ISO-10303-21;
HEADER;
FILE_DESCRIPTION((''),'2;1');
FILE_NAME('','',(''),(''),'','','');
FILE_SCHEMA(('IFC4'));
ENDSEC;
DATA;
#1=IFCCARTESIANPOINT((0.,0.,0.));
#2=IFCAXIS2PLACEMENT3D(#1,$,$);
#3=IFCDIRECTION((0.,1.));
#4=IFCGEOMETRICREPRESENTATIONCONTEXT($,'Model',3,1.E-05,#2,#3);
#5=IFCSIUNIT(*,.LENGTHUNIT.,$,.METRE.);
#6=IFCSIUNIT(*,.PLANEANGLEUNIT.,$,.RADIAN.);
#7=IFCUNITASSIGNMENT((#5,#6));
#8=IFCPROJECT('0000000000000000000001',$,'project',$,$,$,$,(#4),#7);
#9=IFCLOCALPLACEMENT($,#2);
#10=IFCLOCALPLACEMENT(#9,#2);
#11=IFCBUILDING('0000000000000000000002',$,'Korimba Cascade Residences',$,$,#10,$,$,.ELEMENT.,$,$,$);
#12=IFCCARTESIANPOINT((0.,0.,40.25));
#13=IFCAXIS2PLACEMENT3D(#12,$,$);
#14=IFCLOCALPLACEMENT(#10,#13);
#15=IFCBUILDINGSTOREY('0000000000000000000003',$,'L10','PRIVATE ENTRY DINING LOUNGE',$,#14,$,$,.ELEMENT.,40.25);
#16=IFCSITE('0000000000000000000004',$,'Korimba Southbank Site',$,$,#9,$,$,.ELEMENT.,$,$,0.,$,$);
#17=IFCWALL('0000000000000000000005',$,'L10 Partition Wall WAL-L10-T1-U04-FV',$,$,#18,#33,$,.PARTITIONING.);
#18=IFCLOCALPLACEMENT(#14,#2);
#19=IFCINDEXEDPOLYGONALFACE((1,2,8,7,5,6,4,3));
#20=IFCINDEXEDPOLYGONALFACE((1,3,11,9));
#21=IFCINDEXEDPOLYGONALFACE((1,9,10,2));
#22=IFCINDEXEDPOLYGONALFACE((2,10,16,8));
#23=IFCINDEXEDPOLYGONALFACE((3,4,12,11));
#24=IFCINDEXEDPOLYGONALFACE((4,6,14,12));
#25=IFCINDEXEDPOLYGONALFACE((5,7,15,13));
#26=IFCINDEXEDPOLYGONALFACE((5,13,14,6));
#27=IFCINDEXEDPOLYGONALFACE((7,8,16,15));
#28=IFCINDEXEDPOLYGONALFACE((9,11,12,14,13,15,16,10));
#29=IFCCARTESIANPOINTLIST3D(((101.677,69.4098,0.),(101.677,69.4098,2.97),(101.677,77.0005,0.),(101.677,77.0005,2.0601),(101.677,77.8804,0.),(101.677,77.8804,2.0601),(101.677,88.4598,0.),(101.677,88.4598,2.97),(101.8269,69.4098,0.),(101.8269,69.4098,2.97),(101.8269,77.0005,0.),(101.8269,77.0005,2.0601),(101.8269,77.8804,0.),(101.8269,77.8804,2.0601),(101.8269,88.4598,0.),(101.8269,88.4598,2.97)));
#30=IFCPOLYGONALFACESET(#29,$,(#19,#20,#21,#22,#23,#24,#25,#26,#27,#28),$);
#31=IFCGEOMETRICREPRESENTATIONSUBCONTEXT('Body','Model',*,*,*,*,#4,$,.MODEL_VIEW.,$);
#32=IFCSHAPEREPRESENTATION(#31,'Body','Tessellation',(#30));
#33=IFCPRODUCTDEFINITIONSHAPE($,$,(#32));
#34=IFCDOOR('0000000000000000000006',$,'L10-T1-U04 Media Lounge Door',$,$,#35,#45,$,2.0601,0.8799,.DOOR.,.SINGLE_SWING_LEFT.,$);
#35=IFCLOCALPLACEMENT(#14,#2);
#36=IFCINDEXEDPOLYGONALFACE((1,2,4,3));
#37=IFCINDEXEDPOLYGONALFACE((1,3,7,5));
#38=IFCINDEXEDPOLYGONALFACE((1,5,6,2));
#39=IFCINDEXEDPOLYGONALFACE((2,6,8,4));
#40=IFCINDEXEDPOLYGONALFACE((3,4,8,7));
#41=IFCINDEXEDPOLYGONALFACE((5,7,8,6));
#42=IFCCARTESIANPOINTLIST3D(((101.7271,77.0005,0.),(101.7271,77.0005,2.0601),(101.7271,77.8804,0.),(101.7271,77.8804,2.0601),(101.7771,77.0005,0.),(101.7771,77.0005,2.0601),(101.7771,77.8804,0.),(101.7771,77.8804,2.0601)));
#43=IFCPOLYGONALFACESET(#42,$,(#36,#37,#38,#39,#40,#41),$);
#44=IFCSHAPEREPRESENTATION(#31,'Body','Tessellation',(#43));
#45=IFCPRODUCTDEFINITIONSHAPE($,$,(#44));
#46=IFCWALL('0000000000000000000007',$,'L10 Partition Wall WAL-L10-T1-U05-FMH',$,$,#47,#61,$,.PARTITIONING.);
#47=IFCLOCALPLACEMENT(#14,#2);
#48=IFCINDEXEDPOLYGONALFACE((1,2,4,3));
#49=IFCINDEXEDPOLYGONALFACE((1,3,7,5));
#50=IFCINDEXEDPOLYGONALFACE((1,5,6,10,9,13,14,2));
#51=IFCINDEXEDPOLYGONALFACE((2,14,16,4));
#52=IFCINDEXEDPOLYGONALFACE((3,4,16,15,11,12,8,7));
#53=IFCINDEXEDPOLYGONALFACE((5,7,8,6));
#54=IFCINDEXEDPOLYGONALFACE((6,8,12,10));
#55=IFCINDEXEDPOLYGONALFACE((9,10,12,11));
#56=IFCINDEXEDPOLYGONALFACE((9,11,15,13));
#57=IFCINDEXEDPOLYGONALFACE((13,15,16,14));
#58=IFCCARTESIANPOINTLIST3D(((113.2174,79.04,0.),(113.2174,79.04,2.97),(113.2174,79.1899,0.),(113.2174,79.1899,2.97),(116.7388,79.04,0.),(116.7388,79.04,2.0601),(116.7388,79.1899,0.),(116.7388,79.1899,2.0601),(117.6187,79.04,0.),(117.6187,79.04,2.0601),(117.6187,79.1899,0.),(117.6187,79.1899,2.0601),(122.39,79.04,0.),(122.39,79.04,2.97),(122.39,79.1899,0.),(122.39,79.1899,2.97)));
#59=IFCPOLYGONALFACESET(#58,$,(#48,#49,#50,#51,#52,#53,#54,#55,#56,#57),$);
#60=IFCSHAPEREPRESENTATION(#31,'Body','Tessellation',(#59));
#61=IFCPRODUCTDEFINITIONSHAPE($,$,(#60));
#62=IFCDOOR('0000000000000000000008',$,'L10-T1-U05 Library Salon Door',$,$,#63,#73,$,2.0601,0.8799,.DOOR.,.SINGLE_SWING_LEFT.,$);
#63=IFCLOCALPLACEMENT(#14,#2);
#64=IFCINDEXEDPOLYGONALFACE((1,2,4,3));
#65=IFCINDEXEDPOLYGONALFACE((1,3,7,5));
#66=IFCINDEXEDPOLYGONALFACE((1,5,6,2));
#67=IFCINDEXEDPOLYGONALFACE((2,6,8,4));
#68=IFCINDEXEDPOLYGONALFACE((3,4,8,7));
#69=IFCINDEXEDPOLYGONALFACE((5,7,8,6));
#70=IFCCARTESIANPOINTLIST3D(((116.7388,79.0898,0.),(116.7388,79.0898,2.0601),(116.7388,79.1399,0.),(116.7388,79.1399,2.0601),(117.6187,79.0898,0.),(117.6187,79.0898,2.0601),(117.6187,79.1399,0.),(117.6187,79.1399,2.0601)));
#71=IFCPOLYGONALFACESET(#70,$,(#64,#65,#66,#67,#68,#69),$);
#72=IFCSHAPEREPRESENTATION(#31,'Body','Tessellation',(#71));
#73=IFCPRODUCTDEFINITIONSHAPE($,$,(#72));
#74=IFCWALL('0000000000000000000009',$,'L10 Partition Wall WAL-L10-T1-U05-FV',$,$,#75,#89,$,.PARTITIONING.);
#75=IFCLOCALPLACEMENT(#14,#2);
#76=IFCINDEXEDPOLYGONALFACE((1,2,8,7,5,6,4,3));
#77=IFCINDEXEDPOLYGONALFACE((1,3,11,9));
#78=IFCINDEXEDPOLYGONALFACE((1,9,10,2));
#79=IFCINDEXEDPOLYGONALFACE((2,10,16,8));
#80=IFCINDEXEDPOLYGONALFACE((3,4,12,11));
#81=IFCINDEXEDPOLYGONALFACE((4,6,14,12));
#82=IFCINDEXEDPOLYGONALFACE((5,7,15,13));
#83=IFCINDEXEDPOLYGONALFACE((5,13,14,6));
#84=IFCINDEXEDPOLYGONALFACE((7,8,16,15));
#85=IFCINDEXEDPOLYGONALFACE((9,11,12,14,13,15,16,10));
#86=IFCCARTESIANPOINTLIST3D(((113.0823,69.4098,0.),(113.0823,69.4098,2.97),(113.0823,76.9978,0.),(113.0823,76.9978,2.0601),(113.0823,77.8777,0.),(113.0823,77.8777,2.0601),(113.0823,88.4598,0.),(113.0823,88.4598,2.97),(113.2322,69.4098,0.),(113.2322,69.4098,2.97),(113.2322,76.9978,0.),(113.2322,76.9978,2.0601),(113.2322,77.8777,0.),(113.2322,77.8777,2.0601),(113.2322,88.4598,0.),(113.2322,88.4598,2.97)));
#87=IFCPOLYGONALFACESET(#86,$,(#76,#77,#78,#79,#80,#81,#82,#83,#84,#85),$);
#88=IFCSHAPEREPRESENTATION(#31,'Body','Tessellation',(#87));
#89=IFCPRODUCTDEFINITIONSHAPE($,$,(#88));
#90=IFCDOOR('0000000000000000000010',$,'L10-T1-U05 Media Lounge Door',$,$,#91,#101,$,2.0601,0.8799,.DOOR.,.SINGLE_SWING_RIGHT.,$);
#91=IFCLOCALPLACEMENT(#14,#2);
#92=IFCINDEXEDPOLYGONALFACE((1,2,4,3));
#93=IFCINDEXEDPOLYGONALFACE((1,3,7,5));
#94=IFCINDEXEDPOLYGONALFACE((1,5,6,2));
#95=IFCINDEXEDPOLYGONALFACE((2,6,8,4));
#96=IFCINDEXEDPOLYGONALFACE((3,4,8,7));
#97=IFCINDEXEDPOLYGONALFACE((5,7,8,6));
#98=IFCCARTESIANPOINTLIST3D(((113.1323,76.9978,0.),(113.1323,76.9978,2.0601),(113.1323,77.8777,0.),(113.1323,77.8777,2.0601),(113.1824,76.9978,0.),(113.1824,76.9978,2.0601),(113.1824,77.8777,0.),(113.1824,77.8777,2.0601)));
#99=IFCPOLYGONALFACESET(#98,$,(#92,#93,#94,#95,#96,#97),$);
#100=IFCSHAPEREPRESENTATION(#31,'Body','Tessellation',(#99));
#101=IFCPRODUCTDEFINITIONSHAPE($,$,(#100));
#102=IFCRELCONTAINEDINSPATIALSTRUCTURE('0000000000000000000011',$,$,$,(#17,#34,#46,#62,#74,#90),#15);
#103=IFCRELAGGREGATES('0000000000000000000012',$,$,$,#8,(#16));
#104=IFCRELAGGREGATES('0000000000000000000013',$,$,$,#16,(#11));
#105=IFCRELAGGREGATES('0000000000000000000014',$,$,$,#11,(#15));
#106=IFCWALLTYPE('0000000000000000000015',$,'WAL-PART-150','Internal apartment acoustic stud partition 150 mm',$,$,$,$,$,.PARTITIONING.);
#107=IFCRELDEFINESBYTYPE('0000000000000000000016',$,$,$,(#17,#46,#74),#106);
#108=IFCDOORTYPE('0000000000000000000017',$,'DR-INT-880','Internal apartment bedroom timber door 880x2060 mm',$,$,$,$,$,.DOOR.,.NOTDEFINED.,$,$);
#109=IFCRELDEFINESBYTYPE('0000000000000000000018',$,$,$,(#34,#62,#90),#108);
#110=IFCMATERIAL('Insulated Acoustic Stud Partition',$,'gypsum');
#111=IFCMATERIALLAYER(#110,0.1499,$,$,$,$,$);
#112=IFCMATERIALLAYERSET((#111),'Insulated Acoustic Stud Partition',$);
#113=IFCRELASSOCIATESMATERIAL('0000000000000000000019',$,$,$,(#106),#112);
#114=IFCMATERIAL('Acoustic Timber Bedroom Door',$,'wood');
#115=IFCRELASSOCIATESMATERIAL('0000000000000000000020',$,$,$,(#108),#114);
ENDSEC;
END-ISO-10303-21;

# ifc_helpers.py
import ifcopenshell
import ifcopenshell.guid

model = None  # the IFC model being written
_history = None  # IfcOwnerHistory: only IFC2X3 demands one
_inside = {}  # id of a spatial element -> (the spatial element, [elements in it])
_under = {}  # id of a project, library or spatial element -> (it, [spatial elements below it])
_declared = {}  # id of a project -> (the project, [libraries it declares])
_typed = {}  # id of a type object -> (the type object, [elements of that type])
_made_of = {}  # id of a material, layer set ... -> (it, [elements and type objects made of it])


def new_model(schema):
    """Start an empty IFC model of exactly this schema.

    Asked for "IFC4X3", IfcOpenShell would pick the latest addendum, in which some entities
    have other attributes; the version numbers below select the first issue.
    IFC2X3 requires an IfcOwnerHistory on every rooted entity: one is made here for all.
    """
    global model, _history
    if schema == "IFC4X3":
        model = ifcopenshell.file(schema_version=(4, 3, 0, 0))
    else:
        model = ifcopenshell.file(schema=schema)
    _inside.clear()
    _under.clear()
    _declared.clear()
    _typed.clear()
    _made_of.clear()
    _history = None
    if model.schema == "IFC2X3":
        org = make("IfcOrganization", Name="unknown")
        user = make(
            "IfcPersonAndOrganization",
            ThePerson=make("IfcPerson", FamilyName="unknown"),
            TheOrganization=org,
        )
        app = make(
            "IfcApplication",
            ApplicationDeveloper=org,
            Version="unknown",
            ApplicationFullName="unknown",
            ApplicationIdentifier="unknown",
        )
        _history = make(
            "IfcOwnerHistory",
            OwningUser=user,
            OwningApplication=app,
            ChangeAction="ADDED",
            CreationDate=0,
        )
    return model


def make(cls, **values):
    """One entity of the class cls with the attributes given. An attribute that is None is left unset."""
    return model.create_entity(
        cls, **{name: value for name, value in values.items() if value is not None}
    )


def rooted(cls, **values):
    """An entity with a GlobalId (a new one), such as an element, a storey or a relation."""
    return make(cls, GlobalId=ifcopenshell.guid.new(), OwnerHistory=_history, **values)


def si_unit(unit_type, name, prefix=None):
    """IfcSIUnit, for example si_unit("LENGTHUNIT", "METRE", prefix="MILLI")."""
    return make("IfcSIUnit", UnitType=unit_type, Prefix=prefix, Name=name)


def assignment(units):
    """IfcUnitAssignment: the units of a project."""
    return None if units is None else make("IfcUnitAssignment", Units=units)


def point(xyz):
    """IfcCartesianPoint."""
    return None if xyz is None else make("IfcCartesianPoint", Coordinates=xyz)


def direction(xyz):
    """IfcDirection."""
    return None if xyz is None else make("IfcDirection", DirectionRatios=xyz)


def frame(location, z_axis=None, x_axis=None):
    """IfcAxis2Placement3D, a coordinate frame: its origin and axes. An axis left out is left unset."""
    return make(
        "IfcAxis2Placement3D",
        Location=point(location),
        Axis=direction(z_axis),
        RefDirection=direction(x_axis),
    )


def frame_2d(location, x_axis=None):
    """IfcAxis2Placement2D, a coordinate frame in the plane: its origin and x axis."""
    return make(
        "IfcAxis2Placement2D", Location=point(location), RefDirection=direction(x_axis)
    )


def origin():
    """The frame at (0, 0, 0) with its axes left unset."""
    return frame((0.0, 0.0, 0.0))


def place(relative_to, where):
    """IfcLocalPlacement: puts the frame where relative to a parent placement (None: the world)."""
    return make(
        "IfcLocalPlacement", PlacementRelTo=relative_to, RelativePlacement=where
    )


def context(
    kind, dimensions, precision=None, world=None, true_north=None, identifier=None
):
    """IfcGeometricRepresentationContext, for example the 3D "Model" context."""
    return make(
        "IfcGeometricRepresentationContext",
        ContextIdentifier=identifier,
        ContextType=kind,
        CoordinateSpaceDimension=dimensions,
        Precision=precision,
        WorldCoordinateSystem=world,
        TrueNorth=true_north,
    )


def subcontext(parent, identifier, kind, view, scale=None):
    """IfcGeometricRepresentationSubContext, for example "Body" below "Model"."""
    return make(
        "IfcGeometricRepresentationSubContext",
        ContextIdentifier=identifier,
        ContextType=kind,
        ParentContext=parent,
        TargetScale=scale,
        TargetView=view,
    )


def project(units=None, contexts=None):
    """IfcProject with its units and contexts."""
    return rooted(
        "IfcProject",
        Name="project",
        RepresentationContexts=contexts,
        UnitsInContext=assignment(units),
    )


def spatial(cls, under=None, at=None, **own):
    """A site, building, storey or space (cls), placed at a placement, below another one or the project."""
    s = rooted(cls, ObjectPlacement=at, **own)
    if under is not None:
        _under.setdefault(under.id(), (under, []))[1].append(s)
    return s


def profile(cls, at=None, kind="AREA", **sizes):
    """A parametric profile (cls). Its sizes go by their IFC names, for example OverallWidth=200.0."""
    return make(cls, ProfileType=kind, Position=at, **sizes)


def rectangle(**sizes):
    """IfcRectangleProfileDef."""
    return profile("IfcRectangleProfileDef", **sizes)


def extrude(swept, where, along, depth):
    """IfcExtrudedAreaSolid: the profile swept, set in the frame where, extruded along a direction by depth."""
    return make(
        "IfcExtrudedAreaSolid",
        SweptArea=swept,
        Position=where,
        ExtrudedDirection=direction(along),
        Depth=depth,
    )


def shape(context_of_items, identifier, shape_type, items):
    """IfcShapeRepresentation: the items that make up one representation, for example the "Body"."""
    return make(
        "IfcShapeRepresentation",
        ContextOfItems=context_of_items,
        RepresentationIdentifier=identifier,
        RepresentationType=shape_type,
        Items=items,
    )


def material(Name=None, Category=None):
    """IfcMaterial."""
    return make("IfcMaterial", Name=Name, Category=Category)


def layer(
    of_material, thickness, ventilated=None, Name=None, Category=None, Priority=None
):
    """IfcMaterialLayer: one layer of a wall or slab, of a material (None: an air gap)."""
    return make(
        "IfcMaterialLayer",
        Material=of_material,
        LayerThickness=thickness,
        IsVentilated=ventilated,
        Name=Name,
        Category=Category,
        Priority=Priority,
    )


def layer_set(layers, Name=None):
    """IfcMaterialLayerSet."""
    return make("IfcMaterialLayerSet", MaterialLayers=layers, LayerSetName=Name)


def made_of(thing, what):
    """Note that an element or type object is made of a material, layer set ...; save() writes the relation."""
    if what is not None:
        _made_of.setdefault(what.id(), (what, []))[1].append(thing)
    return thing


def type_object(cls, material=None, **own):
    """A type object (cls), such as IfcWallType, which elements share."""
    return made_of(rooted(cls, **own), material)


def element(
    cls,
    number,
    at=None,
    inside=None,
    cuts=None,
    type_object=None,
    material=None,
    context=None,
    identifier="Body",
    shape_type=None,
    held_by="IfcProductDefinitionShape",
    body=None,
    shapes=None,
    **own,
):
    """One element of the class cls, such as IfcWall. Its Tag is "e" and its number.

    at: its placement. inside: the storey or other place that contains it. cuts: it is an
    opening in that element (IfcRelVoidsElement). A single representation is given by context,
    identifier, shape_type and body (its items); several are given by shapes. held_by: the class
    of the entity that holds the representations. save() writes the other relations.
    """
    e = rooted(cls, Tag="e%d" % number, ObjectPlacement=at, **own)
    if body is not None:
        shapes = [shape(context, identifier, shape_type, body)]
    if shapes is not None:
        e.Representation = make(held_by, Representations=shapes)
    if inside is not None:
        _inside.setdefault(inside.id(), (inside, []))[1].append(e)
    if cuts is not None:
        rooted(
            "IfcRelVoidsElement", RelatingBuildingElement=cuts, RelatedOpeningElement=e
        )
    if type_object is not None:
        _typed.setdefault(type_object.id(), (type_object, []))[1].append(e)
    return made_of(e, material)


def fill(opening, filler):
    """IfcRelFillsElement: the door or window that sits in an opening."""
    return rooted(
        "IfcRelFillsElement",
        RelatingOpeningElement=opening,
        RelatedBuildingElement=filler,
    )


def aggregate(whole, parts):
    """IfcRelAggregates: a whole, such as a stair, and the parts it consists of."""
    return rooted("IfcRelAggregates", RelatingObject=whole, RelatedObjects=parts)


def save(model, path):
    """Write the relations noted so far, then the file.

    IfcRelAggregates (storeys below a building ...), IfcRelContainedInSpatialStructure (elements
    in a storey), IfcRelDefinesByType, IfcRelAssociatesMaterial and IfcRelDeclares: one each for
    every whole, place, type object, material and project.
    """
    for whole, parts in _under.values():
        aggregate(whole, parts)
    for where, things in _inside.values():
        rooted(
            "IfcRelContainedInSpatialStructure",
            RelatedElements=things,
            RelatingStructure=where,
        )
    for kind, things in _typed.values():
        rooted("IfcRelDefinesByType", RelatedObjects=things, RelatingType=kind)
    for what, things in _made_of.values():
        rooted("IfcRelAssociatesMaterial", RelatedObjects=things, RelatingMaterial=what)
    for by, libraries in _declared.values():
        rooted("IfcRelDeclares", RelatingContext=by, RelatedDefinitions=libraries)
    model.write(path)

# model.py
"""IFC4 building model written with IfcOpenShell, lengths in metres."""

from ifc_helpers import new_model, si_unit, direction, frame, frame_2d, origin, place, context, subcontext, project, spatial, rectangle, extrude, material, layer, layer_set, type_object, element, fill, save


model = new_model("IFC4")

# Units and contexts
model_context = context("Model", 3, precision=1e-05, world=origin(), true_north=direction((0.0, 1.0)))
body_context = subcontext(model_context, "Body", "Model", "MODEL_VIEW")
ifc_project = project(units=[si_unit("LENGTHUNIT", "METRE"), si_unit("PLANEANGLEUNIT", "RADIAN")], contexts=[model_context])

# Site, building, storey
site_placement = place(None, origin())
site = spatial("IfcSite", under=ifc_project, at=site_placement, Name="Korimba Southbank Site", CompositionType="ELEMENT", RefElevation=0.0)
building_placement = place(site_placement, origin())
building = spatial("IfcBuilding", under=site, at=building_placement, Name="Korimba Cascade Residences", CompositionType="ELEMENT")
storey_placement = place(building_placement, frame((0.0, 0.0, 40.25)))
storey = spatial("IfcBuildingStorey", under=building, at=storey_placement, Name="L10", Description="PRIVATE ENTRY DINING LOUNGE", CompositionType="ELEMENT", Elevation=40.25)

# Walls, openings, doors
ifc_material_1 = material(Name="Insulated Acoustic Stud Partition", Category="gypsum")
ifc_layer_1 = layer(ifc_material_1, 0.1499)
ifc_layer_set_1 = layer_set([ifc_layer_1], Name="Insulated Acoustic Stud Partition")
wall_type_1 = type_object("IfcWallType", Name="WAL-PART-150", Description="Internal apartment acoustic stud partition 150 mm", PredefinedType="PARTITIONING", material=ifc_layer_set_1)
ifc_material_2 = material(Name="Acoustic Timber Bedroom Door", Category="wood")
door_type_1 = type_object("IfcDoorType", Name="DR-INT-880", Description="Internal apartment bedroom timber door 880x2060 mm", OperationType="NOTDEFINED", PredefinedType="DOOR", material=ifc_material_2)
wall_1_placement = place(storey_placement, frame((101.752, 69.4099, 0.0), z_axis=(0.0, 0.0, 1.0), x_axis=(0.0, 1.0, 0.0)))
wall_1 = element("IfcWall", 1, at=wall_1_placement, inside=storey, type_object=wall_type_1, Name="L10 Partition Wall WAL-L10-T1-U04-FV", PredefinedType="PARTITIONING", context=body_context, shape_type="SweptSolid", body=[
    extrude(rectangle(XDim=19.05, YDim=0.1499, at=frame_2d((9.5249, 0.0))), origin(), (0.0, 0.0, 1.0), 2.97),
])
opening_1_placement = place(wall_1_placement, frame((7.5906, 0.0, 0.0)))
opening_1 = element("IfcOpeningElement", 2, at=opening_1_placement, cuts=wall_1, PredefinedType="OPENING", context=body_context, shape_type="SweptSolid", body=[
    extrude(rectangle(XDim=0.8799, YDim=2.0601, at=frame_2d((0.4399, 1.03))), frame((0.0, 0.085, 0.0), z_axis=(0.0, -1.0, 0.0), x_axis=(1.0, 0.0, 0.0)), (0.0, 0.0, 1.0), 0.1699),
])
door_1_placement = place(opening_1_placement, origin())
door_1 = element("IfcDoor", 3, at=door_1_placement, inside=storey, type_object=door_type_1, Name="L10-T1-U04 Media Lounge Door", OperationType="SINGLE_SWING_LEFT", OverallHeight=2.0601, OverallWidth=0.8799, PredefinedType="DOOR", context=body_context, shape_type="SweptSolid", body=[
    extrude(rectangle(XDim=0.8799, YDim=2.0601, at=frame_2d((0.4399, 1.03))), frame((0.0, 0.0249, 0.0), z_axis=(0.0, -1.0, 0.0), x_axis=(1.0, 0.0, 0.0)), (0.0, 0.0, 1.0), 0.05),
])
fill(opening_1, door_1)
wall_2_placement = place(storey_placement, frame((113.2173, 79.115, 0.0), z_axis=(0.0, 0.0, 1.0), x_axis=(1.0, 0.0, 0.0)))
wall_2 = element("IfcWall", 4, at=wall_2_placement, inside=storey, type_object=wall_type_1, Name="L10 Partition Wall WAL-L10-T1-U05-FMH", PredefinedType="PARTITIONING", context=body_context, shape_type="SweptSolid", body=[
    extrude(rectangle(XDim=9.1726, YDim=0.1499, at=frame_2d((4.5864, 0.0))), origin(), (0.0, 0.0, 1.0), 2.97),
])
opening_2_placement = place(wall_2_placement, frame((3.5215, 0.0, 0.0)))
opening_2 = element("IfcOpeningElement", 5, at=opening_2_placement, cuts=wall_2, PredefinedType="OPENING", context=body_context, shape_type="SweptSolid", body=[
    extrude(rectangle(XDim=0.8799, YDim=2.0601, at=frame_2d((0.4399, 1.03))), frame((0.0, 0.085, 0.0), z_axis=(0.0, -1.0, 0.0), x_axis=(1.0, 0.0, 0.0)), (0.0, 0.0, 1.0), 0.1699),
])
door_2_placement = place(opening_2_placement, origin())
door_2 = element("IfcDoor", 6, at=door_2_placement, inside=storey, type_object=door_type_1, Name="L10-T1-U05 Library Salon Door", OperationType="SINGLE_SWING_LEFT", OverallHeight=2.0601, OverallWidth=0.8799, PredefinedType="DOOR", context=body_context, shape_type="SweptSolid", body=[
    extrude(rectangle(XDim=0.8799, YDim=2.0601, at=frame_2d((0.4399, 1.03))), frame((0.0, 0.0249, 0.0), z_axis=(0.0, -1.0, 0.0), x_axis=(1.0, 0.0, 0.0)), (0.0, 0.0, 1.0), 0.05),
])
fill(opening_2, door_2)
wall_3_placement = place(storey_placement, frame((113.1572, 69.4099, 0.0), z_axis=(0.0, 0.0, 1.0), x_axis=(0.0, 1.0, 0.0)))
wall_3 = element("IfcWall", 7, at=wall_3_placement, inside=storey, type_object=wall_type_1, Name="L10 Partition Wall WAL-L10-T1-U05-FV", PredefinedType="PARTITIONING", context=body_context, shape_type="SweptSolid", body=[
    extrude(rectangle(XDim=19.05, YDim=0.1499, at=frame_2d((9.5249, 0.0))), origin(), (0.0, 0.0, 1.0), 2.97),
])
opening_3_placement = place(wall_3_placement, frame((7.5879, 0.0, 0.0)))
opening_3 = element("IfcOpeningElement", 8, at=opening_3_placement, cuts=wall_3, PredefinedType="OPENING", context=body_context, shape_type="SweptSolid", body=[
    extrude(rectangle(XDim=0.8799, YDim=2.0601, at=frame_2d((0.4399, 1.03))), frame((0.0, 0.085, 0.0), z_axis=(0.0, -1.0, 0.0), x_axis=(1.0, 0.0, 0.0)), (0.0, 0.0, 1.0), 0.1699),
])
door_3_placement = place(opening_3_placement, origin())
door_3 = element("IfcDoor", 9, at=door_3_placement, inside=storey, type_object=door_type_1, Name="L10-T1-U05 Media Lounge Door", OperationType="SINGLE_SWING_RIGHT", OverallHeight=2.0601, OverallWidth=0.8799, PredefinedType="DOOR", context=body_context, shape_type="SweptSolid", body=[
    extrude(rectangle(XDim=0.8799, YDim=2.0601, at=frame_2d((0.4399, 1.03))), frame((0.0, 0.0249, 0.0), z_axis=(0.0, -1.0, 0.0), x_axis=(1.0, 0.0, 0.0)), (0.0, 0.0, 1.0), 0.05),
])
fill(opening_3, door_3)

save(model, "model.ifc")
